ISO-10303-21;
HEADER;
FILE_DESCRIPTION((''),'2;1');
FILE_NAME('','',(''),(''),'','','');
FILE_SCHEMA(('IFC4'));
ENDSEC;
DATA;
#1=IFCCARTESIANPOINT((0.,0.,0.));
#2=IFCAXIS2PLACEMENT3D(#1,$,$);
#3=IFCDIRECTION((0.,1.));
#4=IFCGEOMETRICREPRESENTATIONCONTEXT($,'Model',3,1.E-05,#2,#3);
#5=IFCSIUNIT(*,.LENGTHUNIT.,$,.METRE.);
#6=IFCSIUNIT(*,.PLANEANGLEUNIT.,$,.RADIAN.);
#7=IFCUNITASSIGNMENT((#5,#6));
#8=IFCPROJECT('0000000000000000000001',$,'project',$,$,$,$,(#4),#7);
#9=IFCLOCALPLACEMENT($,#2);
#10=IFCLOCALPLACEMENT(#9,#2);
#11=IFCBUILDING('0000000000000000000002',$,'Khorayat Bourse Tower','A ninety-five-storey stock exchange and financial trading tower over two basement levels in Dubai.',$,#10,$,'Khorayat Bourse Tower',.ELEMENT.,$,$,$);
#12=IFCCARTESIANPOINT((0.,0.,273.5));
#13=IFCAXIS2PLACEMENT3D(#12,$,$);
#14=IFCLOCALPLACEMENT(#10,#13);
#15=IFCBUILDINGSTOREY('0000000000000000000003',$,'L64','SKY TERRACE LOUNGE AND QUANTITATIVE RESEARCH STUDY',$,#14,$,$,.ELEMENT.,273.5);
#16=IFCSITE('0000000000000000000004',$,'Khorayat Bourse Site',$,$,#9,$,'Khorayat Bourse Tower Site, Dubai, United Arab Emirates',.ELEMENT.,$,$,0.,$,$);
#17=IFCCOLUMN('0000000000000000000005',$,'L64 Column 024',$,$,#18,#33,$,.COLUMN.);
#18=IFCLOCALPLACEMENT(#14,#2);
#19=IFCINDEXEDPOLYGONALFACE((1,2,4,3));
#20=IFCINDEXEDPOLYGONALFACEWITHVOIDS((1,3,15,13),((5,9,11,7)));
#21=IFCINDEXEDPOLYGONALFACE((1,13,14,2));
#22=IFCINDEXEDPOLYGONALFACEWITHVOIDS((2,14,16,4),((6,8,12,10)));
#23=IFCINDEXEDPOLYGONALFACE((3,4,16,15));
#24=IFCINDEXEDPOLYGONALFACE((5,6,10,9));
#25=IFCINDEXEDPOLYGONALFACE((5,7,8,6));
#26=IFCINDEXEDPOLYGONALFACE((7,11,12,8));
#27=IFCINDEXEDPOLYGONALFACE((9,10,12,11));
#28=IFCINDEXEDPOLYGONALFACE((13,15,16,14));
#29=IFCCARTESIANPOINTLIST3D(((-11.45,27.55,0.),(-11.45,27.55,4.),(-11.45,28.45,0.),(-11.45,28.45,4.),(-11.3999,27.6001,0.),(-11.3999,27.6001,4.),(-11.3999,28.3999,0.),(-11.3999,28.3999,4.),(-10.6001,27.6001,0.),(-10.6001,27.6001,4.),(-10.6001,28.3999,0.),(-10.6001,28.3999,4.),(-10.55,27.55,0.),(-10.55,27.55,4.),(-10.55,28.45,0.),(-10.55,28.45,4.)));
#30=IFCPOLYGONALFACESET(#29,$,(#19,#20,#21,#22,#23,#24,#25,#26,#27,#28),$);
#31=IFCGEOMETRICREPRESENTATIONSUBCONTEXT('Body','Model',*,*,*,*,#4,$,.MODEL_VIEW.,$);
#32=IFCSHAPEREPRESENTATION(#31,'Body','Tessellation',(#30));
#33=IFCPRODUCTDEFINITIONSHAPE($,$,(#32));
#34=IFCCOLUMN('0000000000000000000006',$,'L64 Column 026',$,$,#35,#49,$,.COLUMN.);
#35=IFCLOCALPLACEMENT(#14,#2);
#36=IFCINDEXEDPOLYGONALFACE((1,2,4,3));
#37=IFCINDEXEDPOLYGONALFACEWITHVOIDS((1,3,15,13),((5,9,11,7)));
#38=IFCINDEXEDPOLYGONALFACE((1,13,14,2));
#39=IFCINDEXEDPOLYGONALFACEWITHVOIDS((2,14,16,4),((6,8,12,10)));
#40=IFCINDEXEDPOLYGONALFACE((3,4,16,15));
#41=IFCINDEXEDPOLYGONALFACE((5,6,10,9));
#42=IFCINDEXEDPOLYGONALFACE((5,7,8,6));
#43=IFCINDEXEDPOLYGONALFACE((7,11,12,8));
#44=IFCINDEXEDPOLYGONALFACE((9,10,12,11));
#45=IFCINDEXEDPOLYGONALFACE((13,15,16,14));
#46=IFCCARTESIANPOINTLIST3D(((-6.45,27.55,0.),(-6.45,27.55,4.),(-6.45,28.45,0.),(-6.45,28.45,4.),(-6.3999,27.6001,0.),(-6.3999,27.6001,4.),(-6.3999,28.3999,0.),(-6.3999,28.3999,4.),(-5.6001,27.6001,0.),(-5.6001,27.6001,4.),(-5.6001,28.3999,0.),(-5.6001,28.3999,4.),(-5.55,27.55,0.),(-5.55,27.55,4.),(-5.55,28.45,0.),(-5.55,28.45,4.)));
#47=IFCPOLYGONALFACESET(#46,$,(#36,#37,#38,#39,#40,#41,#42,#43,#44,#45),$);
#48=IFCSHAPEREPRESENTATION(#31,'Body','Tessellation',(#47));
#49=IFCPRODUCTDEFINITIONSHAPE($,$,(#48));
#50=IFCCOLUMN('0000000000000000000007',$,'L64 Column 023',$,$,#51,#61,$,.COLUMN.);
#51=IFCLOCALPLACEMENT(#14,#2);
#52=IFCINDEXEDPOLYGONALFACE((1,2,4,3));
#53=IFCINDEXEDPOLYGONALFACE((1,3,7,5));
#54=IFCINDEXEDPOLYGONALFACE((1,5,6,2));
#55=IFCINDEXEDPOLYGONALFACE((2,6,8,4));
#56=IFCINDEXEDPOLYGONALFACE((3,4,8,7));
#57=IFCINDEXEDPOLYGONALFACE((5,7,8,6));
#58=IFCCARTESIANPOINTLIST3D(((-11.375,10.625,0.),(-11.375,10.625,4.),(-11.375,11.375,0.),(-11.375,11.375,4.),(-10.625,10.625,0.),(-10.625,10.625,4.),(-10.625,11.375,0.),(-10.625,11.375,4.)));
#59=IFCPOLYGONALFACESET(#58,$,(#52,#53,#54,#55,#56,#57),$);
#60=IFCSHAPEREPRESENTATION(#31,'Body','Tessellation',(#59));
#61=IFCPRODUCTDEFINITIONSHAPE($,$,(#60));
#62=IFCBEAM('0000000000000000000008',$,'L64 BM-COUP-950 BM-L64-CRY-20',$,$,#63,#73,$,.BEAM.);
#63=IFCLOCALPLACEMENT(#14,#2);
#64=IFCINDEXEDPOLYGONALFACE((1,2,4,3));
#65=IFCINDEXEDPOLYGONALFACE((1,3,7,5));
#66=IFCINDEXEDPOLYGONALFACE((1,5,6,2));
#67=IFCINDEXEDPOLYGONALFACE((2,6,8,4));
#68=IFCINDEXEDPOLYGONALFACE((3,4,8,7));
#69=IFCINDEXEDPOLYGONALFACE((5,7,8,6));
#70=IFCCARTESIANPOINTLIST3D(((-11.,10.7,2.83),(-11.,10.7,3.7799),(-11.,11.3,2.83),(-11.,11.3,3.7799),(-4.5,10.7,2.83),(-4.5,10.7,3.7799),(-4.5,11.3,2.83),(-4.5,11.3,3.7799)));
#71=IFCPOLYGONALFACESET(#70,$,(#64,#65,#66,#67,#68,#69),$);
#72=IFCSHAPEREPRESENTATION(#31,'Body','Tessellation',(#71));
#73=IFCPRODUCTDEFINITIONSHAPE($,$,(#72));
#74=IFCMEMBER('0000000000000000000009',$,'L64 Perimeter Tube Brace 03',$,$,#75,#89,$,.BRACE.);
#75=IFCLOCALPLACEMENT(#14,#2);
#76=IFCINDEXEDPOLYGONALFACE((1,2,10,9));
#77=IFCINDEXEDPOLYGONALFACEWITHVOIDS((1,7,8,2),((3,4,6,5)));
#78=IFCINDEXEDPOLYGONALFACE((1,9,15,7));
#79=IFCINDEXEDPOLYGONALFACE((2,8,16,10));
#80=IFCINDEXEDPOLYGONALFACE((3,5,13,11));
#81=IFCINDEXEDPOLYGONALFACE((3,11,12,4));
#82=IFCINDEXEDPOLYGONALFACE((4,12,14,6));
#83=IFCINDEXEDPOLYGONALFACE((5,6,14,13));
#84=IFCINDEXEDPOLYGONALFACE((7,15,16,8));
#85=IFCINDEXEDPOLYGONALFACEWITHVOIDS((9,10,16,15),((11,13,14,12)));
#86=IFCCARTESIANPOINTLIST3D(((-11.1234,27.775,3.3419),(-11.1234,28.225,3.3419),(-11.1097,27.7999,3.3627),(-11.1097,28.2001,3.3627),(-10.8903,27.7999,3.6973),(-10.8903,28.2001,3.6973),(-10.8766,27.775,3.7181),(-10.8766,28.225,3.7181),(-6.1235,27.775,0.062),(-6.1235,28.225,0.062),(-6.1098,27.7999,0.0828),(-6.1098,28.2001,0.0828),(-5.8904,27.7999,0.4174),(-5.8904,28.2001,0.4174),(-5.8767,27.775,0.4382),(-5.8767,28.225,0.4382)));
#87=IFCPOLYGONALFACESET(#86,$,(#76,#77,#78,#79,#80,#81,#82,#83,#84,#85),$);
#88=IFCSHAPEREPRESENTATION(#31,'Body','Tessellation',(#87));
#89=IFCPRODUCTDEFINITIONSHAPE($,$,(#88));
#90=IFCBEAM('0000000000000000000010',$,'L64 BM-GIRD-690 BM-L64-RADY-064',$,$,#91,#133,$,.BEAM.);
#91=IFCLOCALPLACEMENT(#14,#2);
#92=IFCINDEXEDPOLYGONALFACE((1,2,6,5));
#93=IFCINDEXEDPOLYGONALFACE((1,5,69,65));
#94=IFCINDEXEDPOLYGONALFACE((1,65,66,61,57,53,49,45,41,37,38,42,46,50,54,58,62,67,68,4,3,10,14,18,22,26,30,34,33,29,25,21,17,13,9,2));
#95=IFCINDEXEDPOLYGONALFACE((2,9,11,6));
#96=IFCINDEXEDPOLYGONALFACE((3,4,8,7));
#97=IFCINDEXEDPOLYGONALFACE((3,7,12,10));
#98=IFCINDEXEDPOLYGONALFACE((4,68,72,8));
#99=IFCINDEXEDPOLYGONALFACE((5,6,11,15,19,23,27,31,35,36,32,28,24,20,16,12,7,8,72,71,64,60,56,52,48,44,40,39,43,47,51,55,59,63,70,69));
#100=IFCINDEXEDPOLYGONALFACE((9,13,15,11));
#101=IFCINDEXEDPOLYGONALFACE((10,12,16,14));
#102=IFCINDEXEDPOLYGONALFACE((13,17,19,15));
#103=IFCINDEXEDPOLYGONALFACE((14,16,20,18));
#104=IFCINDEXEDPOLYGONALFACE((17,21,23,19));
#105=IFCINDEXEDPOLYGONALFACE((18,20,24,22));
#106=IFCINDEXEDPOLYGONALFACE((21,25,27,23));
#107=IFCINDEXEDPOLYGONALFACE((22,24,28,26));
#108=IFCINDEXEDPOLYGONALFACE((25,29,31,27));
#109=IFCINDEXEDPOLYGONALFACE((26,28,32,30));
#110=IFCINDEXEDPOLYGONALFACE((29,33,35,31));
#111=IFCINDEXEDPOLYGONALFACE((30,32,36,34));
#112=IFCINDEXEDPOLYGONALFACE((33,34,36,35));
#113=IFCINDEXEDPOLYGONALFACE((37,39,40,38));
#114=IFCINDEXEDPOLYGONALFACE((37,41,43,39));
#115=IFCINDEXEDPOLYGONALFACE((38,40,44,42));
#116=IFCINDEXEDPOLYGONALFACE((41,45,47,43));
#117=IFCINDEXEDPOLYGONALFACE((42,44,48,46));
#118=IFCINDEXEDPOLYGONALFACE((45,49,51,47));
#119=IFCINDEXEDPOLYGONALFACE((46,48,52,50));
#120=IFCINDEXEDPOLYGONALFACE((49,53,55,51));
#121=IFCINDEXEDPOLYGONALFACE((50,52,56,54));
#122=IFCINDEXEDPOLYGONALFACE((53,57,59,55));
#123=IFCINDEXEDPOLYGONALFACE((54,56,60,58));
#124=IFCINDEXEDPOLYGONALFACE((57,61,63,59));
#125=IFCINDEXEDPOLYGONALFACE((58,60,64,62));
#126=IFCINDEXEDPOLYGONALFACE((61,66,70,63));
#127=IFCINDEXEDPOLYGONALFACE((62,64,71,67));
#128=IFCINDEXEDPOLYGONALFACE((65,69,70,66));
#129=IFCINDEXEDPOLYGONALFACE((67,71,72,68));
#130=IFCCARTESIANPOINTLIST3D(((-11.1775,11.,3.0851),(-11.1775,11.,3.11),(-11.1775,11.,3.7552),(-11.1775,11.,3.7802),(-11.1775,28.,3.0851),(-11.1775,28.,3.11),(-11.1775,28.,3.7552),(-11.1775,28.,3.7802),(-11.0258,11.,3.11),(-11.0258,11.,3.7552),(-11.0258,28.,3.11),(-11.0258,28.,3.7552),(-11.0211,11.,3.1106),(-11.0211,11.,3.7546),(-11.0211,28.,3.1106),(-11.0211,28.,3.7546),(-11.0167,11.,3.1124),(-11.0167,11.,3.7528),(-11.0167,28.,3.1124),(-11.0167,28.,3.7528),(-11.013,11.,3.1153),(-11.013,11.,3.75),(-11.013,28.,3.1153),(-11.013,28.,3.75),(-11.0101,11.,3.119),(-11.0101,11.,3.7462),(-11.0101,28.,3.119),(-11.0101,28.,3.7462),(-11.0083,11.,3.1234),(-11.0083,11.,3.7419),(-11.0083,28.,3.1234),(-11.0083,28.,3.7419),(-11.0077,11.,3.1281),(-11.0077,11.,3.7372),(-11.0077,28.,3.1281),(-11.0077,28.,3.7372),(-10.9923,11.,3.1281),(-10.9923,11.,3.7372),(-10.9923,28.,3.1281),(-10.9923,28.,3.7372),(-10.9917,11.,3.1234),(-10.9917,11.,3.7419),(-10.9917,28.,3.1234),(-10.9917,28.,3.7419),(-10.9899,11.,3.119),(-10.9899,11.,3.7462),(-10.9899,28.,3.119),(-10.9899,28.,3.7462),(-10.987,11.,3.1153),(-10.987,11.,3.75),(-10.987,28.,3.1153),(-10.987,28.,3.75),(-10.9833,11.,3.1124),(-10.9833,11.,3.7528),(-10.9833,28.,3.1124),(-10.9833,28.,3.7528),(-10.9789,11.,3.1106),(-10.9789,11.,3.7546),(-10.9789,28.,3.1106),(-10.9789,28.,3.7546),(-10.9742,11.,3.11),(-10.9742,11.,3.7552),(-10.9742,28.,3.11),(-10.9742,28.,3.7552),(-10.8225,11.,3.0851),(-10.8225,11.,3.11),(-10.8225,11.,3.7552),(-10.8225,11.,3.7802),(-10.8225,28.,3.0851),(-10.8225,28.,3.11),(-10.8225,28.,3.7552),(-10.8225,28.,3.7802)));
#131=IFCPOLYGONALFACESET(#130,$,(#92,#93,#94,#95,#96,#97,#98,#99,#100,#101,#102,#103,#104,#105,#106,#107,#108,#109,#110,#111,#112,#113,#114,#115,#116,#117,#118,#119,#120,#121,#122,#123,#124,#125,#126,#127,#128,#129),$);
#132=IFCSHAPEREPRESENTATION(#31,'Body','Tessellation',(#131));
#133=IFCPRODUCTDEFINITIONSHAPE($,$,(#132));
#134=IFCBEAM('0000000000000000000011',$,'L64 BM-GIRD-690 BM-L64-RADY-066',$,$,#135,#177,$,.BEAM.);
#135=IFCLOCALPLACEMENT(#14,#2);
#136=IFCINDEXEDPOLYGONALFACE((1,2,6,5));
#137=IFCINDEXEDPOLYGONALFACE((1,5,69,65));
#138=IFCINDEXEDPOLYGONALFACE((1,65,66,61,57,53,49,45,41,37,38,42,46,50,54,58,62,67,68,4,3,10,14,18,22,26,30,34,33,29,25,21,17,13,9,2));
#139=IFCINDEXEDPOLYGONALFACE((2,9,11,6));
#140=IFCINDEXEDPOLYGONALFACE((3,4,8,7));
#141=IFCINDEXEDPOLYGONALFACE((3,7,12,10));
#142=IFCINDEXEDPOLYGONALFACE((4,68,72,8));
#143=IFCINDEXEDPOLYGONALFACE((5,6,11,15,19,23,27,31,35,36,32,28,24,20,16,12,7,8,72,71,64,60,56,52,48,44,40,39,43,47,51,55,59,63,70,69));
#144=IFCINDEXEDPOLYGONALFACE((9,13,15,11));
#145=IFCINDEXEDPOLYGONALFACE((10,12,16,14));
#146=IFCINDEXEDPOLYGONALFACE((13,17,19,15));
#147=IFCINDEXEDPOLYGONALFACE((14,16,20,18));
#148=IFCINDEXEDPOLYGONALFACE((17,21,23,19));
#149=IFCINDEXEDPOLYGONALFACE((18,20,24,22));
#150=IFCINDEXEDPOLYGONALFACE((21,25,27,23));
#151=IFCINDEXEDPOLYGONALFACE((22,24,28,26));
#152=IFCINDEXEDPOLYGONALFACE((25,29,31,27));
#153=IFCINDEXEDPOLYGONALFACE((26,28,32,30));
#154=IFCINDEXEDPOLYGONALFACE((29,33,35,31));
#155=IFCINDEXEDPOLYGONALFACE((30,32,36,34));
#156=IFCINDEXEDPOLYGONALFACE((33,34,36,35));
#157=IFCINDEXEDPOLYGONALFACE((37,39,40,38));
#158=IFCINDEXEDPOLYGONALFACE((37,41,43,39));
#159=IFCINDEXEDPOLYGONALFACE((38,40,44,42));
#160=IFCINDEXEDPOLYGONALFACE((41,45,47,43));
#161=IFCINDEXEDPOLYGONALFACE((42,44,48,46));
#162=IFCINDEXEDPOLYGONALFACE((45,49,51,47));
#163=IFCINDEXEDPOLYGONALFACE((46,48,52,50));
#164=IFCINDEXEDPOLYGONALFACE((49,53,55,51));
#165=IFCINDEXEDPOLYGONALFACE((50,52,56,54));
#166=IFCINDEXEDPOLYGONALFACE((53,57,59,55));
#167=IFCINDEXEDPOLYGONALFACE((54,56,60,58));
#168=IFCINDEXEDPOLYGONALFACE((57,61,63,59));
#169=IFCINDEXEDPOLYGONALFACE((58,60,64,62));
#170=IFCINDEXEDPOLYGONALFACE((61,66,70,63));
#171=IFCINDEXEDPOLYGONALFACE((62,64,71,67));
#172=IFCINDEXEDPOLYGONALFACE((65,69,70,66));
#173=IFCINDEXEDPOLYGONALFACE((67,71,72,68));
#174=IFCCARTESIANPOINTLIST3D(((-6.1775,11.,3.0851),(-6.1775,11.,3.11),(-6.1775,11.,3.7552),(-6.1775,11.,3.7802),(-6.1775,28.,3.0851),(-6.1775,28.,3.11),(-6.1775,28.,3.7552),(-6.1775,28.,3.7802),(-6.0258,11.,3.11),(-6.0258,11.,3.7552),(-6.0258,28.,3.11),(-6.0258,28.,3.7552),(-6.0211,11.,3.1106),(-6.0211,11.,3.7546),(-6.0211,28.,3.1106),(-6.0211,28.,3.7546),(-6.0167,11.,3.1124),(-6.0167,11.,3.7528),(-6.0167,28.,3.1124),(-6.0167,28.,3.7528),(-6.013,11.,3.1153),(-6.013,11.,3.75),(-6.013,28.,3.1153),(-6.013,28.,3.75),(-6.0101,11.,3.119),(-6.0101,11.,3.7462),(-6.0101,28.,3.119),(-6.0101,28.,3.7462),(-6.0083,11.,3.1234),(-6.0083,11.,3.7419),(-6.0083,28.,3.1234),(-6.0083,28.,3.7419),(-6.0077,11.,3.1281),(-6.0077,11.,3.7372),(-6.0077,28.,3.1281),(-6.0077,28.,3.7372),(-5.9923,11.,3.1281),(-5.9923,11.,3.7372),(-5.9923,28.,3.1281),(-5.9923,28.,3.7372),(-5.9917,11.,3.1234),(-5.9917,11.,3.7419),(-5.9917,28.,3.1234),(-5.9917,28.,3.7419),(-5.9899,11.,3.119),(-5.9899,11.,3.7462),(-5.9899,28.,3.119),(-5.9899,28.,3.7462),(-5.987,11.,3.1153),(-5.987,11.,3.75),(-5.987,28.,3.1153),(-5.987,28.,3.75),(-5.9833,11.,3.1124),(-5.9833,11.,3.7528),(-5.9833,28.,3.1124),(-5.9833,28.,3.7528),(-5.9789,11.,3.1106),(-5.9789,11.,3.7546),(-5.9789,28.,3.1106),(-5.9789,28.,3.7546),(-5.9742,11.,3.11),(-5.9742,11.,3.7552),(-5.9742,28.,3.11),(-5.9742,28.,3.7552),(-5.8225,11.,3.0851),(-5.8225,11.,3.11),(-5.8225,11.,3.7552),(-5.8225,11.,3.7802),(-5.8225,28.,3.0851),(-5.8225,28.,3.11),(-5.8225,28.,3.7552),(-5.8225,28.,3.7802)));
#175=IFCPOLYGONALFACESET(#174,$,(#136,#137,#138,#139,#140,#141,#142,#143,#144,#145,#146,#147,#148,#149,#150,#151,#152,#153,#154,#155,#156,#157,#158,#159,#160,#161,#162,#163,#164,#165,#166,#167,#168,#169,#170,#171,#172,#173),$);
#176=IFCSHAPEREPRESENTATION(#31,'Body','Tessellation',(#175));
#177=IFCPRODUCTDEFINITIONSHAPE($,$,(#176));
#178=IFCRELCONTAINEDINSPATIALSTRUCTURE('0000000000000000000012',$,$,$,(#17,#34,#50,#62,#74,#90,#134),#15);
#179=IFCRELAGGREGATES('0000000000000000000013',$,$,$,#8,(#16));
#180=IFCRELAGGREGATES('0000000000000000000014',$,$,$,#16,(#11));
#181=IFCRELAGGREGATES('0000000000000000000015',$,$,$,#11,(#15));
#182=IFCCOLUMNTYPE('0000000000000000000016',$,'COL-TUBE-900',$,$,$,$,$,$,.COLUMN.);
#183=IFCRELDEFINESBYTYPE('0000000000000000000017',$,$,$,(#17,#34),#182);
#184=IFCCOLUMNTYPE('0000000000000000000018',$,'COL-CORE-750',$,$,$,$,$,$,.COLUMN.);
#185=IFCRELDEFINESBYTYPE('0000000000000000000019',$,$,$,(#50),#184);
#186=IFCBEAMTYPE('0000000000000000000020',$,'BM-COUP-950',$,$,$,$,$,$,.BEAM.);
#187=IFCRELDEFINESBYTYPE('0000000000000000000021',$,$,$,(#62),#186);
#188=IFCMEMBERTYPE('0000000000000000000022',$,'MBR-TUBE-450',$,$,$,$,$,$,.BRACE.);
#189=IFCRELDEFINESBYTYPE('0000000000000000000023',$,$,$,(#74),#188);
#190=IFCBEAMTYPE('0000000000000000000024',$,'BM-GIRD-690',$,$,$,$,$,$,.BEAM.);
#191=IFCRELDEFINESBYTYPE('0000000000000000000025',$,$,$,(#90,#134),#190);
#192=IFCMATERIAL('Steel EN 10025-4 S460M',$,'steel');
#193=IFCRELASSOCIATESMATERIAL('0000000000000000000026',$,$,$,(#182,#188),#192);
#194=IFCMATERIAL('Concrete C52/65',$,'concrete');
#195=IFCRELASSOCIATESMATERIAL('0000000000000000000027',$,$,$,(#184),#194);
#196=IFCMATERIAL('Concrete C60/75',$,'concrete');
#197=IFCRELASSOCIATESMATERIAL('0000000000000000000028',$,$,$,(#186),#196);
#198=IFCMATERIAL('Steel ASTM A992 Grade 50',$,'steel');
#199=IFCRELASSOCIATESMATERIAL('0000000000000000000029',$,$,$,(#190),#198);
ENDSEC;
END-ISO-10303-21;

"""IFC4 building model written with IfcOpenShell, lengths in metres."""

from ifc_helpers import new_model, si_unit, direction, frame, origin, origin_2d, place, context, subcontext, project, spatial, rectangle, hollow_rectangle, i_section, extrude, source, transform, mapped, material, material_profile, profile_set, type_object, element, save


model = new_model("IFC4")

# Units and contexts
model_context = context("Model", 3, precision=1e-05, world=origin(), true_north=direction((0.0, 1.0)))
body_context = subcontext(model_context, "Body", "Model", "MODEL_VIEW")
ifc_project = project(units=[si_unit("LENGTHUNIT", "METRE"), si_unit("PLANEANGLEUNIT", "RADIAN")], contexts=[model_context])

# Site, building, storey
site_placement = place(None, origin())
site = spatial("IfcSite", under=ifc_project, at=site_placement, Name="Khorayat Bourse Site", LongName="Khorayat Bourse Tower Site, Dubai, United Arab Emirates", CompositionType="ELEMENT", RefElevation=0.0)
building_placement = place(site_placement, origin())
building = spatial("IfcBuilding", under=site, at=building_placement, Name="Khorayat Bourse Tower", Description="A ninety-five-storey stock exchange and financial trading tower over two basement levels in Dubai.", LongName="Khorayat Bourse Tower", CompositionType="ELEMENT")
storey_placement = place(building_placement, frame((0.0, 0.0, 273.5)))
storey = spatial("IfcBuildingStorey", under=building, at=storey_placement, Name="L64", Description="SKY TERRACE LOUNGE AND QUANTITATIVE RESEARCH STUDY", CompositionType="ELEMENT", Elevation=273.5)

# Columns
ifc_material_1 = material(Name="Steel EN 10025-4 S460M", Category="steel")
ifc_material_profile_1 = material_profile(ifc_material_1, hollow_rectangle(XDim=0.8999, YDim=0.8999, WallThickness=0.05, at=origin_2d()), Name="BOX 900x900x50")
ifc_profile_set_1 = profile_set([ifc_material_profile_1], Name="Steel EN 10025-4 S460M")
column_type_1 = type_object("IfcColumnType", Name="COL-TUBE-900", PredefinedType="COLUMN", material=ifc_profile_set_1)
shared_shape_1 = source(origin(), body_context, "Body", "SweptSolid", [
    extrude(hollow_rectangle(XDim=0.8999, YDim=0.8999, WallThickness=0.05, at=origin_2d()), origin(), (0.0, 0.0, 1.0), 4.0),
])
for number, where, z_axis, x_axis, name in (
    (1, (-11.0, 28.0, 0.0), (0.0, 0.0, 1.0), (1.0, 0.0, 0.0), "L64 Column 024"),
    (2, (-6.0, 28.0, 0.0), (0.0, 0.0, 1.0), (1.0, 0.0, 0.0), "L64 Column 026"),
):
    element("IfcColumn", number, at=place(storey_placement, frame(where, z_axis=z_axis, x_axis=x_axis)), inside=storey, type_object=column_type_1, Name=name, PredefinedType="COLUMN", context=body_context, shape_type="MappedRepresentation", body=[
        mapped(shared_shape_1, transform((0.0, 0.0, 0.0), scale=1.0)),
    ])
ifc_material_2 = material(Name="Concrete C52/65", Category="concrete")
ifc_material_profile_2 = material_profile(ifc_material_2, rectangle(XDim=0.75, YDim=0.75, at=origin_2d()), Name="RC 750x750")
ifc_profile_set_2 = profile_set([ifc_material_profile_2], Name="Concrete C52/65")
column_type_2 = type_object("IfcColumnType", Name="COL-CORE-750", PredefinedType="COLUMN", material=ifc_profile_set_2)
shared_shape_2 = source(origin(), body_context, "Body", "SweptSolid", [
    extrude(rectangle(XDim=0.75, YDim=0.75, at=origin_2d()), origin(), (0.0, 0.0, 1.0), 4.0),
])
column_placement = place(storey_placement, frame((-11.0, 11.0, 0.0), z_axis=(0.0, 0.0, 1.0), x_axis=(1.0, 0.0, 0.0)))
element("IfcColumn", 3, at=column_placement, inside=storey, type_object=column_type_2, Name="L64 Column 023", PredefinedType="COLUMN", context=body_context, shape_type="MappedRepresentation", body=[
    mapped(shared_shape_2, transform((0.0, 0.0, 0.0), scale=1.0)),
])

# Beam
ifc_material_3 = material(Name="Concrete C60/75", Category="concrete")
ifc_material_profile_3 = material_profile(ifc_material_3, rectangle(XDim=0.6001, YDim=0.95, at=origin_2d()), Name="RC 600x950")
ifc_profile_set_3 = profile_set([ifc_material_profile_3], Name="Concrete C60/75")
beam_type_1 = type_object("IfcBeamType", Name="BM-COUP-950", PredefinedType="BEAM", material=ifc_profile_set_3)
shared_shape_3 = source(origin(), body_context, "Body", "SweptSolid", [
    extrude(rectangle(XDim=0.6001, YDim=0.95, at=origin_2d()), origin(), (0.0, 0.0, 1.0), 6.5),
])
beam_1_placement = place(storey_placement, frame((-11.0, 11.0, 3.3049), z_axis=(1.0, 0.0, 0.0), x_axis=(0.0, 1.0, 0.0)))
element("IfcBeam", 4, at=beam_1_placement, inside=storey, type_object=beam_type_1, Name="L64 BM-COUP-950 BM-L64-CRY-20", PredefinedType="BEAM", context=body_context, shape_type="MappedRepresentation", body=[
    mapped(shared_shape_3, transform((0.0, 0.0, 0.0), scale=1.0)),
])

# Member
ifc_material_profile_4 = material_profile(ifc_material_1, hollow_rectangle(XDim=0.45, YDim=0.45, WallThickness=0.0249, at=origin_2d()), Name="HSS 450x450x25")
ifc_profile_set_4 = profile_set([ifc_material_profile_4], Name="Steel EN 10025-4 S460M")
member_type_1 = type_object("IfcMemberType", Name="MBR-TUBE-450", PredefinedType="BRACE", material=ifc_profile_set_4)
shared_shape_4 = source(origin(), body_context, "Body", "SweptSolid", [
    extrude(hollow_rectangle(XDim=0.45, YDim=0.45, WallThickness=0.0249, at=origin_2d()), origin(), (0.0, 0.0, 1.0), 5.9797),
])
member_1_placement = place(storey_placement, frame((-11.0, 28.0, 3.53), z_axis=(0.836142, 0.0, -0.548514), x_axis=(0.0, 1.0, 0.0)))
element("IfcMember", 5, at=member_1_placement, inside=storey, type_object=member_type_1, Name="L64 Perimeter Tube Brace 03", PredefinedType="BRACE", context=body_context, shape_type="MappedRepresentation", body=[
    mapped(shared_shape_4, transform((0.0, 0.0, 0.0), scale=1.0)),
])

# Beams
ifc_material_4 = material(Name="Steel ASTM A992 Grade 50", Category="steel")
ifc_material_profile_5 = material_profile(ifc_material_4, i_section(OverallWidth=0.355, OverallDepth=0.6951, WebThickness=0.0154, FlangeThickness=0.0249, FilletRadius=0.0181, at=origin_2d()), Name="W690X217")
ifc_profile_set_5 = profile_set([ifc_material_profile_5], Name="Steel ASTM A992 Grade 50")
beam_type_2 = type_object("IfcBeamType", Name="BM-GIRD-690", PredefinedType="BEAM", material=ifc_profile_set_5)
shared_shape_5 = source(origin(), body_context, "Body", "SweptSolid", [
    extrude(i_section(OverallWidth=0.355, OverallDepth=0.6951, WebThickness=0.0154, FlangeThickness=0.0249, FilletRadius=0.0181, at=origin_2d()), origin(), (0.0, 0.0, 1.0), 17.0),
])
for number, where, z_axis, x_axis, name in (
    (6, (-11.0, 11.0, 3.4326), (0.0, 1.0, 0.0), (-1.0, 0.0, 0.0), "L64 BM-GIRD-690 BM-L64-RADY-064"),
    (7, (-6.0, 11.0, 3.4326), (0.0, 1.0, 0.0), (-1.0, 0.0, 0.0), "L64 BM-GIRD-690 BM-L64-RADY-066"),
):
    element("IfcBeam", number, at=place(storey_placement, frame(where, z_axis=z_axis, x_axis=x_axis)), inside=storey, type_object=beam_type_2, Name=name, PredefinedType="BEAM", context=body_context, shape_type="MappedRepresentation", body=[
        mapped(shared_shape_5, transform((0.0, 0.0, 0.0), scale=1.0)),
    ])

save(model, "model.ifc")
